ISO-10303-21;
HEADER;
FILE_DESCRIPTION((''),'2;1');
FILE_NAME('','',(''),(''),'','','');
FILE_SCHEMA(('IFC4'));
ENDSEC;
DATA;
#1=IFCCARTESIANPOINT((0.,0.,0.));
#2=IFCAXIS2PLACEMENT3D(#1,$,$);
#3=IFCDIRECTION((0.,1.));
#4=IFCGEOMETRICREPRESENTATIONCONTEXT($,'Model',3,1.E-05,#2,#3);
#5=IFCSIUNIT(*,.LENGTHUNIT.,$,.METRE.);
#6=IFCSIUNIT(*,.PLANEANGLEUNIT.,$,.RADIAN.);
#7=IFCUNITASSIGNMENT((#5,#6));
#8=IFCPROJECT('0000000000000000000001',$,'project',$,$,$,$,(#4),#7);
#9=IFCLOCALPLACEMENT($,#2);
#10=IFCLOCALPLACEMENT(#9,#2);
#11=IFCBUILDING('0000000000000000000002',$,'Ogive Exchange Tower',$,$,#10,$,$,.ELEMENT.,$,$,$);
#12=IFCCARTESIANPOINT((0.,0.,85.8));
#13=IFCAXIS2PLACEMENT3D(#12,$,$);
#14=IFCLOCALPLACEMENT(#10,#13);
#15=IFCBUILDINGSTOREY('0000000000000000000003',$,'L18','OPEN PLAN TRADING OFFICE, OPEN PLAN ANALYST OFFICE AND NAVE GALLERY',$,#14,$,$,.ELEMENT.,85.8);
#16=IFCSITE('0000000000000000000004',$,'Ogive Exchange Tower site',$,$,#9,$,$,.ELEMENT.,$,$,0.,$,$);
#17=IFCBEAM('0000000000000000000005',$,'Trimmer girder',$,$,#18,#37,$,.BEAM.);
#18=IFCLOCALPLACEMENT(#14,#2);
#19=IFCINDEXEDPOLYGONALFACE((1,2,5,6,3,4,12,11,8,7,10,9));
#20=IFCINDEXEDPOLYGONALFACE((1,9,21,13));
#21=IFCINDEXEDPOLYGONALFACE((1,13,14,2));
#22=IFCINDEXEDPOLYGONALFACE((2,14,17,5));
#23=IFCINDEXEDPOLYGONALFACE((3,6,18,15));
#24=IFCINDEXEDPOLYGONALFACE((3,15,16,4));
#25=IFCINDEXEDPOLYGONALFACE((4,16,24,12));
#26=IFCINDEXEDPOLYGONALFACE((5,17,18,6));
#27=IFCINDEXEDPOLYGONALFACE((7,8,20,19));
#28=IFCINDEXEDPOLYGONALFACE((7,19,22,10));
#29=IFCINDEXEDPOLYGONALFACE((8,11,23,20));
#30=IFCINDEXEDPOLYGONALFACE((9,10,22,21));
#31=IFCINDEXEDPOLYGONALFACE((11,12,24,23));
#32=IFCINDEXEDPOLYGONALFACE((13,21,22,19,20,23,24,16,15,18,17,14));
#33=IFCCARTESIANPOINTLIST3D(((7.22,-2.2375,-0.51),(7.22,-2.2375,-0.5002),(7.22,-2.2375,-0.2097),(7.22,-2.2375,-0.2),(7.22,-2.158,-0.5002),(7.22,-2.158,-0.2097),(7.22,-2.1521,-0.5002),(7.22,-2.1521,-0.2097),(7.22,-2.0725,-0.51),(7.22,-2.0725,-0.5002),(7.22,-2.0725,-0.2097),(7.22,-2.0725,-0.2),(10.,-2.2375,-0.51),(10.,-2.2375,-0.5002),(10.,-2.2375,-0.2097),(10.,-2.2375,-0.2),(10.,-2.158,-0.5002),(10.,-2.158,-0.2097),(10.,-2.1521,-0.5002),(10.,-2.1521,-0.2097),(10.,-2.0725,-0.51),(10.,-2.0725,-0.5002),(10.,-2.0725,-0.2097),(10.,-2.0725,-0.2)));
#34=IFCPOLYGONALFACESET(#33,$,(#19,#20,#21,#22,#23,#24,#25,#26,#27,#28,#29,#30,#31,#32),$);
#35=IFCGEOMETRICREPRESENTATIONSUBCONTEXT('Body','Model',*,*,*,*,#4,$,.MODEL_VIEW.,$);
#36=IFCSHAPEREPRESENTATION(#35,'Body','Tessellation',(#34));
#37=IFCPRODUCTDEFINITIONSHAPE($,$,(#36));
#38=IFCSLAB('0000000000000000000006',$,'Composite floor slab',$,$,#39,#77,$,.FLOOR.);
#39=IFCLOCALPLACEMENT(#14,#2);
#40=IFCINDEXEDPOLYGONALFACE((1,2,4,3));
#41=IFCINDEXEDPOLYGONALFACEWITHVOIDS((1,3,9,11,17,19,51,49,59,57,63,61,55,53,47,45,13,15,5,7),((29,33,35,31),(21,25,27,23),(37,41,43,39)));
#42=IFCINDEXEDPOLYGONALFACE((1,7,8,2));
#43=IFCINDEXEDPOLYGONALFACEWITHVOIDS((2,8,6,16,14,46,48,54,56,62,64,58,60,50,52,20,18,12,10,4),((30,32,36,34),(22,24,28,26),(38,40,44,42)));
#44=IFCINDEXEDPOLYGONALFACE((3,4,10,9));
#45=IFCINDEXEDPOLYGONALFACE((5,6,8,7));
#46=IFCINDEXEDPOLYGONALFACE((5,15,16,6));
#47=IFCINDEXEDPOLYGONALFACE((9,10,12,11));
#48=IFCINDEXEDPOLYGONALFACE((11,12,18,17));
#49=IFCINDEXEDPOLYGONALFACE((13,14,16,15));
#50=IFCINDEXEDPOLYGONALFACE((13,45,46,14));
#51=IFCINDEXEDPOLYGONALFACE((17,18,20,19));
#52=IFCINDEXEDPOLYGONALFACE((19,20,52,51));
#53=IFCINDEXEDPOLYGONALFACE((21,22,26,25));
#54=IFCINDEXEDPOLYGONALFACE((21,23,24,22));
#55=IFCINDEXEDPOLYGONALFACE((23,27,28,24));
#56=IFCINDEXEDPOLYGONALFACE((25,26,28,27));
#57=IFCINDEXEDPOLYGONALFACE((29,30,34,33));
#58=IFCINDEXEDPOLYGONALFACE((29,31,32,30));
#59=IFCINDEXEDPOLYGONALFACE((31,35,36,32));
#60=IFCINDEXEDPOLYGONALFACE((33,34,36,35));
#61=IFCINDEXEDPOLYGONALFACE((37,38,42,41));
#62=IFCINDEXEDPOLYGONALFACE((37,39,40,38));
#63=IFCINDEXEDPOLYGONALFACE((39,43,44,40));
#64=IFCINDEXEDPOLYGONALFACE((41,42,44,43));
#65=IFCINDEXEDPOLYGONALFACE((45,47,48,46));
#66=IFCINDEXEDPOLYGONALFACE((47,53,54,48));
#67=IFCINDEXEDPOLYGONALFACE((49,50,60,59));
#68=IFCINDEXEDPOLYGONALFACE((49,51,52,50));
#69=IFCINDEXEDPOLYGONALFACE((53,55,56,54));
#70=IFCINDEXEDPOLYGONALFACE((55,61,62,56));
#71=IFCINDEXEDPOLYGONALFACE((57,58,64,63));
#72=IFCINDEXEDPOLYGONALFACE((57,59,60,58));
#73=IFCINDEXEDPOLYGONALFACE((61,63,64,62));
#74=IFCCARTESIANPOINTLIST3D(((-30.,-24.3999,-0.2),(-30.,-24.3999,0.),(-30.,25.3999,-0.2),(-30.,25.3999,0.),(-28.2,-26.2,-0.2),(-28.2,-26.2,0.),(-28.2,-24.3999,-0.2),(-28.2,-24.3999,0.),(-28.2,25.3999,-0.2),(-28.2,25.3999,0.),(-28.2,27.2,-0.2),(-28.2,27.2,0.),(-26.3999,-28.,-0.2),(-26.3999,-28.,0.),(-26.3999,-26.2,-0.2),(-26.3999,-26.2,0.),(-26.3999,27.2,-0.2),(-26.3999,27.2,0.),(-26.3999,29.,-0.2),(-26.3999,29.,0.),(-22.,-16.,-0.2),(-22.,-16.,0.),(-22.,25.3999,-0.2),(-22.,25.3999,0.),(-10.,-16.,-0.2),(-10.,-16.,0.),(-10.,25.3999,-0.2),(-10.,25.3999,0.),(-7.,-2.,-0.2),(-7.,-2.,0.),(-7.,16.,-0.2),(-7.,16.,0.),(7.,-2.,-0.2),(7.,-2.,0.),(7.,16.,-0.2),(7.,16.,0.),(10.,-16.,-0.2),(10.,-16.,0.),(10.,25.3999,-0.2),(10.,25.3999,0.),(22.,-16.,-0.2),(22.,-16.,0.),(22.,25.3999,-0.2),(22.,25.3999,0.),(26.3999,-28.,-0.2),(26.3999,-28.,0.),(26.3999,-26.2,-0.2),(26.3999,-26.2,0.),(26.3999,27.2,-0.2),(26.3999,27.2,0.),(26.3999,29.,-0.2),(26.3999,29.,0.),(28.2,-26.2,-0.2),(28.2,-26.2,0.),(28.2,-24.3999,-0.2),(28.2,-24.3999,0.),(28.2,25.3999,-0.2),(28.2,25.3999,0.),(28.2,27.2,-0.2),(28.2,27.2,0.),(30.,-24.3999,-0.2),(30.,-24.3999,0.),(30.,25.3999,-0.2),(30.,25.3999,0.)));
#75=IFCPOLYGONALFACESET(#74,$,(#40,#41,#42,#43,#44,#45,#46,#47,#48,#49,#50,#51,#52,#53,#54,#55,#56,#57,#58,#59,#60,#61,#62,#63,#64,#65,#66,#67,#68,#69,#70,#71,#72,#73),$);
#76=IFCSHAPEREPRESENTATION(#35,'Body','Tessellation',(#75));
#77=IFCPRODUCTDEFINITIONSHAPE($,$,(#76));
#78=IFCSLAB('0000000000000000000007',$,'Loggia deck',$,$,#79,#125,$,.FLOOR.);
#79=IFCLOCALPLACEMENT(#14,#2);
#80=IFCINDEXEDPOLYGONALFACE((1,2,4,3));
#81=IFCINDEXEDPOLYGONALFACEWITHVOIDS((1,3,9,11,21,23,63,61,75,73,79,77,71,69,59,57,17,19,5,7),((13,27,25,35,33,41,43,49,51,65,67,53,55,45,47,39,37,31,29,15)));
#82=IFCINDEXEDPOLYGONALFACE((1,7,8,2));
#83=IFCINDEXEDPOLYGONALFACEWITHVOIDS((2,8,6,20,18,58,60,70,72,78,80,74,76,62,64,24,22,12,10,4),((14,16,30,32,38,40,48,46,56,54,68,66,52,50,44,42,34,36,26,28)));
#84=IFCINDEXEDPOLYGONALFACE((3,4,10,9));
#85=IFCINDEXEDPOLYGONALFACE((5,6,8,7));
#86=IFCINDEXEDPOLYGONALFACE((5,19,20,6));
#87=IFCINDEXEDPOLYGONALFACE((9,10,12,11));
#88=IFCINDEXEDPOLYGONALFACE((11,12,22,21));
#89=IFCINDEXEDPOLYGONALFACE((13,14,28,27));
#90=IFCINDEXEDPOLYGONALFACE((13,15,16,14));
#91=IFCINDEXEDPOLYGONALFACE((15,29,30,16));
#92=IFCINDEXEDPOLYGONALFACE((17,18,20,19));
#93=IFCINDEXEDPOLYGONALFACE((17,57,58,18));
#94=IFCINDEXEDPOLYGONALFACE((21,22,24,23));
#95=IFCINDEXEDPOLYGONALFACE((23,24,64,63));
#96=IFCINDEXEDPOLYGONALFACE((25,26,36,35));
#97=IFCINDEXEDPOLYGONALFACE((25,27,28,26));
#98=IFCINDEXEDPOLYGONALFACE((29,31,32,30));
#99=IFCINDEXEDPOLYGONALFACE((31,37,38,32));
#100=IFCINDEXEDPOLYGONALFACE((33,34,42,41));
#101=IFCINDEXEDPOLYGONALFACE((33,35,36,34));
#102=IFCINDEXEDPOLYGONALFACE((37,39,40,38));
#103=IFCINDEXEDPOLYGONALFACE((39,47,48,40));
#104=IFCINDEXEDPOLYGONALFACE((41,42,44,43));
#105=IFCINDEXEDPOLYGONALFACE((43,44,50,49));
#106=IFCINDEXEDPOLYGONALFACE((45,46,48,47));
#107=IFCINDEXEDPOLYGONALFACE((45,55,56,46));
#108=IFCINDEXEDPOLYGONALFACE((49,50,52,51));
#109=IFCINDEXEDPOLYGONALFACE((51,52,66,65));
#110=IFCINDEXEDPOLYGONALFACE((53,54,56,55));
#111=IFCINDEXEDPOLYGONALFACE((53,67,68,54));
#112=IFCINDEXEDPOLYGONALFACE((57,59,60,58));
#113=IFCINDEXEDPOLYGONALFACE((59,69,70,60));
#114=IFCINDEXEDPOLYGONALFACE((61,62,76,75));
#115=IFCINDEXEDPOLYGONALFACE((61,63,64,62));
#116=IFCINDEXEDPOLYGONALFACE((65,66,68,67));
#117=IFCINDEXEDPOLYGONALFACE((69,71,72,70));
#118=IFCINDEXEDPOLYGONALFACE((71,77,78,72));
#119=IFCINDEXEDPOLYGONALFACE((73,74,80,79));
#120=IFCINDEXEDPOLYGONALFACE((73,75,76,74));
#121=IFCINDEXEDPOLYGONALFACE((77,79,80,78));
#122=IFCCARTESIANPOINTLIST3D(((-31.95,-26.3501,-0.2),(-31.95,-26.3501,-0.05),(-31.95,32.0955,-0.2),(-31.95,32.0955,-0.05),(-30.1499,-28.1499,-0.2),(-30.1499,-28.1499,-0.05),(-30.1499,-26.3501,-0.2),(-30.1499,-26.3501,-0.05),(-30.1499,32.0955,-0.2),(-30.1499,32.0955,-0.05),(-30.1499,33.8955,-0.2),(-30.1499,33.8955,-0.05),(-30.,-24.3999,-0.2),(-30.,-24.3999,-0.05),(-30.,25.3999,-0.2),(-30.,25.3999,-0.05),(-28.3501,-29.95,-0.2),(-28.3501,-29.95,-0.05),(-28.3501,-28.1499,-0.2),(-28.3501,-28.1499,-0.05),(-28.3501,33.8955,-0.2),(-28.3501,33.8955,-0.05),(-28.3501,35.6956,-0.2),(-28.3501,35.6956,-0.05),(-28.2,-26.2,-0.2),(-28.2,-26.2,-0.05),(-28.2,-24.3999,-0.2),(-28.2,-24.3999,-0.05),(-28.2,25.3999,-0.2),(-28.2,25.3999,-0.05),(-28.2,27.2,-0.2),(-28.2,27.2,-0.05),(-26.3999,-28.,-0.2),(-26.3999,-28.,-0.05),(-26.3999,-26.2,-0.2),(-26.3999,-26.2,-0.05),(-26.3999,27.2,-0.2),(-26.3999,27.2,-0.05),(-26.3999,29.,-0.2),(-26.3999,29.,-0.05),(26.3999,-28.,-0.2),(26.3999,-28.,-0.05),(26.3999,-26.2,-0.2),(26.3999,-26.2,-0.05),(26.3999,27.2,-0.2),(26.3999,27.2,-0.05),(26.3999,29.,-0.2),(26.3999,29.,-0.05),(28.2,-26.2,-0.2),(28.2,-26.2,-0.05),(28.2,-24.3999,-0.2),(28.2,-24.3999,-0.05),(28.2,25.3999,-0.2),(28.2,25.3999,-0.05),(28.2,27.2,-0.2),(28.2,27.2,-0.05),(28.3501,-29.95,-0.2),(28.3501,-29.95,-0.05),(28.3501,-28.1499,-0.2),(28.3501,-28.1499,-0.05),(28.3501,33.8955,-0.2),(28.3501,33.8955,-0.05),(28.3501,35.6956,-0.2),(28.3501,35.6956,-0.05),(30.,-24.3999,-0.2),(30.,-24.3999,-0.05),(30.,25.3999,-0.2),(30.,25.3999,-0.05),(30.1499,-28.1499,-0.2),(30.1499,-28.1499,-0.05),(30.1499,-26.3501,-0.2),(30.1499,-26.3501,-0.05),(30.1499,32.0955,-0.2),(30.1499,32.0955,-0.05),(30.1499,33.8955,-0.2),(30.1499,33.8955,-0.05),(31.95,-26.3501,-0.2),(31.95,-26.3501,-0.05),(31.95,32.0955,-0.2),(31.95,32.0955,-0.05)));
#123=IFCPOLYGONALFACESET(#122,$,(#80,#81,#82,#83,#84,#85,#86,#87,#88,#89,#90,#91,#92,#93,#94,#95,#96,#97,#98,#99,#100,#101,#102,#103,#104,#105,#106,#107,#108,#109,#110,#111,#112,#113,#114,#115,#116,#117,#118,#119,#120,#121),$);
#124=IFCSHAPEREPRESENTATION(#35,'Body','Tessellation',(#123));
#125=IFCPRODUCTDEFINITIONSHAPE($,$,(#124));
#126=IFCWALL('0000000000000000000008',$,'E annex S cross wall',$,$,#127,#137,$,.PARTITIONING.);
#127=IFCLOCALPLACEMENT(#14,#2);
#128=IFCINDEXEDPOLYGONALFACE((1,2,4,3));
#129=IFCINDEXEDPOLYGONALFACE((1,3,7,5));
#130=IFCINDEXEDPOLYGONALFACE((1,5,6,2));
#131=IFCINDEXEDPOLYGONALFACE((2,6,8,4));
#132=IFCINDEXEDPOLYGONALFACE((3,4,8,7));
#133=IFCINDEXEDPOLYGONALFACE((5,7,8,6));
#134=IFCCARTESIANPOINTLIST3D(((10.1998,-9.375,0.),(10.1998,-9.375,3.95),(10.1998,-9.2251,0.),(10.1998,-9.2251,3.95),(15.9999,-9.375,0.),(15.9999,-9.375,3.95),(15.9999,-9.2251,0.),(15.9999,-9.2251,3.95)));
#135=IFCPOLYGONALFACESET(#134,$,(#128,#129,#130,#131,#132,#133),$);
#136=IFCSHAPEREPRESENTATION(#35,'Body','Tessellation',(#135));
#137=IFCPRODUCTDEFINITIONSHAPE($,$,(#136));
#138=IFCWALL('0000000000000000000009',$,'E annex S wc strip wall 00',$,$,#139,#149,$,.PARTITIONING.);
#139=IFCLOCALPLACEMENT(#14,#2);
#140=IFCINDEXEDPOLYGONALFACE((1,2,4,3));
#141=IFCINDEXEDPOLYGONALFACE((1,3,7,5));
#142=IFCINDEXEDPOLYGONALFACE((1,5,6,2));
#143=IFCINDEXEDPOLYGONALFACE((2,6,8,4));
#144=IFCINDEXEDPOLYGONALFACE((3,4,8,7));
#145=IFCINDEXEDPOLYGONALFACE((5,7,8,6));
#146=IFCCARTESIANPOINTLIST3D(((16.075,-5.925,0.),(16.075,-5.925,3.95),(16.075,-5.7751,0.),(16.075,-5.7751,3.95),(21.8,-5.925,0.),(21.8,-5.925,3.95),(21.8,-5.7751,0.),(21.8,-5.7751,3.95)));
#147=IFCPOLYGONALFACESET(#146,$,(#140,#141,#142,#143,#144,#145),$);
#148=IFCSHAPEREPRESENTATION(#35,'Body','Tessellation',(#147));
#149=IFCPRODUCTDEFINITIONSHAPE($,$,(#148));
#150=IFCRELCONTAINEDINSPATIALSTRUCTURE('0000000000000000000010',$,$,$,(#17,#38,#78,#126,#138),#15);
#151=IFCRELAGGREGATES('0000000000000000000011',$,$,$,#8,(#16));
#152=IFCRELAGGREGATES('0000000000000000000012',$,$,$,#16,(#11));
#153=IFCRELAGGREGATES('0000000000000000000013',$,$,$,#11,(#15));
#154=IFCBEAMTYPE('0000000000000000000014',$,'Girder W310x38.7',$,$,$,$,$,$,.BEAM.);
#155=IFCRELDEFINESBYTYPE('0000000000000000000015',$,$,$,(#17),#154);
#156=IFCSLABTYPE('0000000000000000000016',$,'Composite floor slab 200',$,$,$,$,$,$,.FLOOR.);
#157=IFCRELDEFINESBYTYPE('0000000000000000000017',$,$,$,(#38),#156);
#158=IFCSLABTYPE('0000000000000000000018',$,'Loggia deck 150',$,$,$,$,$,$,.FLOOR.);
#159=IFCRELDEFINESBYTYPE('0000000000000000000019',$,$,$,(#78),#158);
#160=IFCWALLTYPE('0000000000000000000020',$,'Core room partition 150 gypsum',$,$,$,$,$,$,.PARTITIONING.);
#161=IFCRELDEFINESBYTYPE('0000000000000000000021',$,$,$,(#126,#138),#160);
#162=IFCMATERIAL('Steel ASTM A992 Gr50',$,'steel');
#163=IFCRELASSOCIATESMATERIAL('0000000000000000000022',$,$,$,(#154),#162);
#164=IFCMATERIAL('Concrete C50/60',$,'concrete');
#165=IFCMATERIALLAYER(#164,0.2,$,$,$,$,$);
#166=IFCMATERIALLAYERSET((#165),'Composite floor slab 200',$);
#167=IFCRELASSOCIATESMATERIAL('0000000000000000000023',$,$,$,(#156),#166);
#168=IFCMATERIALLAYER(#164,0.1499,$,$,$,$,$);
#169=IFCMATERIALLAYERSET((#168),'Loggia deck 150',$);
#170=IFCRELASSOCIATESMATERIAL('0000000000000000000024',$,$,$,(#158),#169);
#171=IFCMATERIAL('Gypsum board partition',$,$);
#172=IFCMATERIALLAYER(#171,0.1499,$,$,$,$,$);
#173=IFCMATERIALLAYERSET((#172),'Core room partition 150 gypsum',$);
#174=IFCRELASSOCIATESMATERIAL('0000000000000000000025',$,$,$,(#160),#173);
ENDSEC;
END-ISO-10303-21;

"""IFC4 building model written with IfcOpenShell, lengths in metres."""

from ifc_helpers import new_model, si_unit, direction, frame, frame_2d, origin, origin_2d, place, context, subcontext, project, spatial, polyline, rectangle, i_section, outline, extrude, material, layer, layer_set, material_profile, profile_set, type_object, element, save


model = new_model("IFC4")

# Units and contexts
model_context = context("Model", 3, precision=1e-05, world=origin(), true_north=direction((0.0, 1.0)))
body_context = subcontext(model_context, "Body", "Model", "MODEL_VIEW")
ifc_project = project(units=[si_unit("LENGTHUNIT", "METRE"), si_unit("PLANEANGLEUNIT", "RADIAN")], contexts=[model_context])

# Site, building, storey
site_placement = place(None, origin())
site = spatial("IfcSite", under=ifc_project, at=site_placement, Name="Ogive Exchange Tower site", CompositionType="ELEMENT", RefElevation=0.0)
building_placement = place(site_placement, origin())
building = spatial("IfcBuilding", under=site, at=building_placement, Name="Ogive Exchange Tower", CompositionType="ELEMENT")
storey_placement = place(building_placement, frame((0.0, 0.0, 85.8)))
storey = spatial("IfcBuildingStorey", under=building, at=storey_placement, Name="L18", Description="OPEN PLAN TRADING OFFICE, OPEN PLAN ANALYST OFFICE AND NAVE GALLERY", CompositionType="ELEMENT", Elevation=85.8)

# Beam
ifc_material_1 = material(Name="Steel ASTM A992 Gr50", Category="steel")
ifc_material_profile = material_profile(ifc_material_1, i_section(OverallWidth=0.165, OverallDepth=0.3101, WebThickness=0.0059, FlangeThickness=0.0098, at=origin_2d()), Name="W310x38.7")
ifc_profile_set = profile_set([ifc_material_profile], Name="Steel ASTM A992 Gr50")
beam_type = type_object("IfcBeamType", Name="Girder W310x38.7", PredefinedType="BEAM", material=ifc_profile_set)
beam_placement = place(storey_placement, frame((7.22, -2.155, -0.355), z_axis=(1.0, 0.0, 0.0), x_axis=(0.0, 1.0, 0.0)))
element("IfcBeam", 1, at=beam_placement, inside=storey, type_object=beam_type, Name="Trimmer girder", PredefinedType="BEAM", context=body_context, shape_type="SweptSolid", body=[
    extrude(i_section(OverallWidth=0.165, OverallDepth=0.3101, WebThickness=0.0059, FlangeThickness=0.0098, at=origin_2d()), origin(), (0.0, 0.0, 1.0), 2.78),
])

# Slabs
ifc_material_2 = material(Name="Concrete C50/60", Category="concrete")
ifc_layer_1 = layer(ifc_material_2, 0.2)
ifc_layer_set_1 = layer_set([ifc_layer_1], Name="Composite floor slab 200")
slab_type_1 = type_object("IfcSlabType", Name="Composite floor slab 200", PredefinedType="FLOOR", material=ifc_layer_set_1)
slab_1_placement = place(storey_placement, frame((0.0, 0.0, -0.2)))
element("IfcSlab", 2, at=slab_1_placement, inside=storey, type_object=slab_type_1, Name="Composite floor slab", PredefinedType="FLOOR", context=body_context, shape_type="SweptSolid", body=[
    extrude(outline(polyline([(-26.3999, -26.2), (-28.2, -26.2), (-28.2, -24.3999), (-30.0, -24.3999), (-30.0, 25.3999), (-28.2, 25.3999), (-28.2, 27.2), (-26.3999, 27.2), (-26.3999, 29.0), (26.3999, 29.0), (26.3999, 27.2), (28.2, 27.2), (28.2, 25.3999), (30.0, 25.3999), (30.0, -24.3999), (28.2, -24.3999), (28.2, -26.2), (26.3999, -26.2), (26.3999, -28.0), (-26.3999, -28.0), (-26.3999, -26.2)]), holes=[polyline([(-10.0, -16.0), (-10.0, 25.3999), (-22.0, 25.3999), (-22.0, -16.0), (-10.0, -16.0)]), polyline([(10.0, -16.0), (22.0, -16.0), (22.0, 25.3999), (10.0, 25.3999), (10.0, -16.0)]), polyline([(-7.0, -2.0), (7.0, -2.0), (7.0, 16.0), (-7.0, 16.0), (-7.0, -2.0)])]), origin(), (0.0, 0.0, 1.0), 0.2),
])
ifc_layer_2 = layer(ifc_material_2, 0.1499)
ifc_layer_set_2 = layer_set([ifc_layer_2], Name="Loggia deck 150")
slab_type_2 = type_object("IfcSlabType", Name="Loggia deck 150", PredefinedType="FLOOR", material=ifc_layer_set_2)
slab_2_placement = place(storey_placement, frame((0.0, 0.0, -0.2)))
element("IfcSlab", 3, at=slab_2_placement, inside=storey, type_object=slab_type_2, Name="Loggia deck", PredefinedType="FLOOR", context=body_context, shape_type="SweptSolid", body=[
    extrude(outline(polyline([(-28.3501, -28.1499), (-30.1499, -28.1499), (-30.1499, -26.3501), (-31.95, -26.3501), (-31.95, 32.0955), (-30.1499, 32.0955), (-30.1499, 33.8955), (-28.3501, 33.8955), (-28.3501, 35.6956), (28.3501, 35.6956), (28.3501, 33.8955), (30.1499, 33.8955), (30.1499, 32.0955), (31.95, 32.0955), (31.95, -26.3501), (30.1499, -26.3501), (30.1499, -28.1499), (28.3501, -28.1499), (28.3501, -29.95), (-28.3501, -29.95), (-28.3501, -28.1499)]), holes=[polyline([(26.3999, -26.2), (28.2, -26.2), (28.2, -24.3999), (30.0, -24.3999), (30.0, 25.3999), (28.2, 25.3999), (28.2, 27.2), (26.3999, 27.2), (26.3999, 29.0), (-26.3999, 29.0), (-26.3999, 27.2), (-28.2, 27.2), (-28.2, 25.3999), (-30.0, 25.3999), (-30.0, -24.3999), (-28.2, -24.3999), (-28.2, -26.2), (-26.3999, -26.2), (-26.3999, -28.0), (26.3999, -28.0), (26.3999, -26.2)])]), origin(), (0.0, 0.0, 1.0), 0.1499),
])

# Walls
ifc_material_3 = material(Name="Gypsum board partition")
ifc_layer_3 = layer(ifc_material_3, 0.1499)
ifc_layer_set_3 = layer_set([ifc_layer_3], Name="Core room partition 150 gypsum")
wall_type_1 = type_object("IfcWallType", Name="Core room partition 150 gypsum", PredefinedType="PARTITIONING", material=ifc_layer_set_3)
wall_1_placement = place(storey_placement, frame((10.2, -9.3, 0.0), z_axis=(0.0, 0.0, 1.0), x_axis=(1.0, 0.0, 0.0)))
element("IfcWall", 4, at=wall_1_placement, inside=storey, type_object=wall_type_1, Name="E annex S cross wall", PredefinedType="PARTITIONING", context=body_context, shape_type="SweptSolid", body=[
    extrude(rectangle(XDim=5.8, YDim=0.1499, at=frame_2d((2.8999, 0.0))), origin(), (0.0, 0.0, 1.0), 3.95),
])
wall_2_placement = place(storey_placement, frame((16.075, -5.8501, 0.0), z_axis=(0.0, 0.0, 1.0), x_axis=(1.0, 0.0, 0.0)))
element("IfcWall", 5, at=wall_2_placement, inside=storey, type_object=wall_type_1, Name="E annex S wc strip wall 00", PredefinedType="PARTITIONING", context=body_context, shape_type="SweptSolid", body=[
    extrude(rectangle(XDim=5.7251, YDim=0.1499, at=frame_2d((2.8625, 0.0))), origin(), (0.0, 0.0, 1.0), 3.95),
])

save(model, "model.ifc")
